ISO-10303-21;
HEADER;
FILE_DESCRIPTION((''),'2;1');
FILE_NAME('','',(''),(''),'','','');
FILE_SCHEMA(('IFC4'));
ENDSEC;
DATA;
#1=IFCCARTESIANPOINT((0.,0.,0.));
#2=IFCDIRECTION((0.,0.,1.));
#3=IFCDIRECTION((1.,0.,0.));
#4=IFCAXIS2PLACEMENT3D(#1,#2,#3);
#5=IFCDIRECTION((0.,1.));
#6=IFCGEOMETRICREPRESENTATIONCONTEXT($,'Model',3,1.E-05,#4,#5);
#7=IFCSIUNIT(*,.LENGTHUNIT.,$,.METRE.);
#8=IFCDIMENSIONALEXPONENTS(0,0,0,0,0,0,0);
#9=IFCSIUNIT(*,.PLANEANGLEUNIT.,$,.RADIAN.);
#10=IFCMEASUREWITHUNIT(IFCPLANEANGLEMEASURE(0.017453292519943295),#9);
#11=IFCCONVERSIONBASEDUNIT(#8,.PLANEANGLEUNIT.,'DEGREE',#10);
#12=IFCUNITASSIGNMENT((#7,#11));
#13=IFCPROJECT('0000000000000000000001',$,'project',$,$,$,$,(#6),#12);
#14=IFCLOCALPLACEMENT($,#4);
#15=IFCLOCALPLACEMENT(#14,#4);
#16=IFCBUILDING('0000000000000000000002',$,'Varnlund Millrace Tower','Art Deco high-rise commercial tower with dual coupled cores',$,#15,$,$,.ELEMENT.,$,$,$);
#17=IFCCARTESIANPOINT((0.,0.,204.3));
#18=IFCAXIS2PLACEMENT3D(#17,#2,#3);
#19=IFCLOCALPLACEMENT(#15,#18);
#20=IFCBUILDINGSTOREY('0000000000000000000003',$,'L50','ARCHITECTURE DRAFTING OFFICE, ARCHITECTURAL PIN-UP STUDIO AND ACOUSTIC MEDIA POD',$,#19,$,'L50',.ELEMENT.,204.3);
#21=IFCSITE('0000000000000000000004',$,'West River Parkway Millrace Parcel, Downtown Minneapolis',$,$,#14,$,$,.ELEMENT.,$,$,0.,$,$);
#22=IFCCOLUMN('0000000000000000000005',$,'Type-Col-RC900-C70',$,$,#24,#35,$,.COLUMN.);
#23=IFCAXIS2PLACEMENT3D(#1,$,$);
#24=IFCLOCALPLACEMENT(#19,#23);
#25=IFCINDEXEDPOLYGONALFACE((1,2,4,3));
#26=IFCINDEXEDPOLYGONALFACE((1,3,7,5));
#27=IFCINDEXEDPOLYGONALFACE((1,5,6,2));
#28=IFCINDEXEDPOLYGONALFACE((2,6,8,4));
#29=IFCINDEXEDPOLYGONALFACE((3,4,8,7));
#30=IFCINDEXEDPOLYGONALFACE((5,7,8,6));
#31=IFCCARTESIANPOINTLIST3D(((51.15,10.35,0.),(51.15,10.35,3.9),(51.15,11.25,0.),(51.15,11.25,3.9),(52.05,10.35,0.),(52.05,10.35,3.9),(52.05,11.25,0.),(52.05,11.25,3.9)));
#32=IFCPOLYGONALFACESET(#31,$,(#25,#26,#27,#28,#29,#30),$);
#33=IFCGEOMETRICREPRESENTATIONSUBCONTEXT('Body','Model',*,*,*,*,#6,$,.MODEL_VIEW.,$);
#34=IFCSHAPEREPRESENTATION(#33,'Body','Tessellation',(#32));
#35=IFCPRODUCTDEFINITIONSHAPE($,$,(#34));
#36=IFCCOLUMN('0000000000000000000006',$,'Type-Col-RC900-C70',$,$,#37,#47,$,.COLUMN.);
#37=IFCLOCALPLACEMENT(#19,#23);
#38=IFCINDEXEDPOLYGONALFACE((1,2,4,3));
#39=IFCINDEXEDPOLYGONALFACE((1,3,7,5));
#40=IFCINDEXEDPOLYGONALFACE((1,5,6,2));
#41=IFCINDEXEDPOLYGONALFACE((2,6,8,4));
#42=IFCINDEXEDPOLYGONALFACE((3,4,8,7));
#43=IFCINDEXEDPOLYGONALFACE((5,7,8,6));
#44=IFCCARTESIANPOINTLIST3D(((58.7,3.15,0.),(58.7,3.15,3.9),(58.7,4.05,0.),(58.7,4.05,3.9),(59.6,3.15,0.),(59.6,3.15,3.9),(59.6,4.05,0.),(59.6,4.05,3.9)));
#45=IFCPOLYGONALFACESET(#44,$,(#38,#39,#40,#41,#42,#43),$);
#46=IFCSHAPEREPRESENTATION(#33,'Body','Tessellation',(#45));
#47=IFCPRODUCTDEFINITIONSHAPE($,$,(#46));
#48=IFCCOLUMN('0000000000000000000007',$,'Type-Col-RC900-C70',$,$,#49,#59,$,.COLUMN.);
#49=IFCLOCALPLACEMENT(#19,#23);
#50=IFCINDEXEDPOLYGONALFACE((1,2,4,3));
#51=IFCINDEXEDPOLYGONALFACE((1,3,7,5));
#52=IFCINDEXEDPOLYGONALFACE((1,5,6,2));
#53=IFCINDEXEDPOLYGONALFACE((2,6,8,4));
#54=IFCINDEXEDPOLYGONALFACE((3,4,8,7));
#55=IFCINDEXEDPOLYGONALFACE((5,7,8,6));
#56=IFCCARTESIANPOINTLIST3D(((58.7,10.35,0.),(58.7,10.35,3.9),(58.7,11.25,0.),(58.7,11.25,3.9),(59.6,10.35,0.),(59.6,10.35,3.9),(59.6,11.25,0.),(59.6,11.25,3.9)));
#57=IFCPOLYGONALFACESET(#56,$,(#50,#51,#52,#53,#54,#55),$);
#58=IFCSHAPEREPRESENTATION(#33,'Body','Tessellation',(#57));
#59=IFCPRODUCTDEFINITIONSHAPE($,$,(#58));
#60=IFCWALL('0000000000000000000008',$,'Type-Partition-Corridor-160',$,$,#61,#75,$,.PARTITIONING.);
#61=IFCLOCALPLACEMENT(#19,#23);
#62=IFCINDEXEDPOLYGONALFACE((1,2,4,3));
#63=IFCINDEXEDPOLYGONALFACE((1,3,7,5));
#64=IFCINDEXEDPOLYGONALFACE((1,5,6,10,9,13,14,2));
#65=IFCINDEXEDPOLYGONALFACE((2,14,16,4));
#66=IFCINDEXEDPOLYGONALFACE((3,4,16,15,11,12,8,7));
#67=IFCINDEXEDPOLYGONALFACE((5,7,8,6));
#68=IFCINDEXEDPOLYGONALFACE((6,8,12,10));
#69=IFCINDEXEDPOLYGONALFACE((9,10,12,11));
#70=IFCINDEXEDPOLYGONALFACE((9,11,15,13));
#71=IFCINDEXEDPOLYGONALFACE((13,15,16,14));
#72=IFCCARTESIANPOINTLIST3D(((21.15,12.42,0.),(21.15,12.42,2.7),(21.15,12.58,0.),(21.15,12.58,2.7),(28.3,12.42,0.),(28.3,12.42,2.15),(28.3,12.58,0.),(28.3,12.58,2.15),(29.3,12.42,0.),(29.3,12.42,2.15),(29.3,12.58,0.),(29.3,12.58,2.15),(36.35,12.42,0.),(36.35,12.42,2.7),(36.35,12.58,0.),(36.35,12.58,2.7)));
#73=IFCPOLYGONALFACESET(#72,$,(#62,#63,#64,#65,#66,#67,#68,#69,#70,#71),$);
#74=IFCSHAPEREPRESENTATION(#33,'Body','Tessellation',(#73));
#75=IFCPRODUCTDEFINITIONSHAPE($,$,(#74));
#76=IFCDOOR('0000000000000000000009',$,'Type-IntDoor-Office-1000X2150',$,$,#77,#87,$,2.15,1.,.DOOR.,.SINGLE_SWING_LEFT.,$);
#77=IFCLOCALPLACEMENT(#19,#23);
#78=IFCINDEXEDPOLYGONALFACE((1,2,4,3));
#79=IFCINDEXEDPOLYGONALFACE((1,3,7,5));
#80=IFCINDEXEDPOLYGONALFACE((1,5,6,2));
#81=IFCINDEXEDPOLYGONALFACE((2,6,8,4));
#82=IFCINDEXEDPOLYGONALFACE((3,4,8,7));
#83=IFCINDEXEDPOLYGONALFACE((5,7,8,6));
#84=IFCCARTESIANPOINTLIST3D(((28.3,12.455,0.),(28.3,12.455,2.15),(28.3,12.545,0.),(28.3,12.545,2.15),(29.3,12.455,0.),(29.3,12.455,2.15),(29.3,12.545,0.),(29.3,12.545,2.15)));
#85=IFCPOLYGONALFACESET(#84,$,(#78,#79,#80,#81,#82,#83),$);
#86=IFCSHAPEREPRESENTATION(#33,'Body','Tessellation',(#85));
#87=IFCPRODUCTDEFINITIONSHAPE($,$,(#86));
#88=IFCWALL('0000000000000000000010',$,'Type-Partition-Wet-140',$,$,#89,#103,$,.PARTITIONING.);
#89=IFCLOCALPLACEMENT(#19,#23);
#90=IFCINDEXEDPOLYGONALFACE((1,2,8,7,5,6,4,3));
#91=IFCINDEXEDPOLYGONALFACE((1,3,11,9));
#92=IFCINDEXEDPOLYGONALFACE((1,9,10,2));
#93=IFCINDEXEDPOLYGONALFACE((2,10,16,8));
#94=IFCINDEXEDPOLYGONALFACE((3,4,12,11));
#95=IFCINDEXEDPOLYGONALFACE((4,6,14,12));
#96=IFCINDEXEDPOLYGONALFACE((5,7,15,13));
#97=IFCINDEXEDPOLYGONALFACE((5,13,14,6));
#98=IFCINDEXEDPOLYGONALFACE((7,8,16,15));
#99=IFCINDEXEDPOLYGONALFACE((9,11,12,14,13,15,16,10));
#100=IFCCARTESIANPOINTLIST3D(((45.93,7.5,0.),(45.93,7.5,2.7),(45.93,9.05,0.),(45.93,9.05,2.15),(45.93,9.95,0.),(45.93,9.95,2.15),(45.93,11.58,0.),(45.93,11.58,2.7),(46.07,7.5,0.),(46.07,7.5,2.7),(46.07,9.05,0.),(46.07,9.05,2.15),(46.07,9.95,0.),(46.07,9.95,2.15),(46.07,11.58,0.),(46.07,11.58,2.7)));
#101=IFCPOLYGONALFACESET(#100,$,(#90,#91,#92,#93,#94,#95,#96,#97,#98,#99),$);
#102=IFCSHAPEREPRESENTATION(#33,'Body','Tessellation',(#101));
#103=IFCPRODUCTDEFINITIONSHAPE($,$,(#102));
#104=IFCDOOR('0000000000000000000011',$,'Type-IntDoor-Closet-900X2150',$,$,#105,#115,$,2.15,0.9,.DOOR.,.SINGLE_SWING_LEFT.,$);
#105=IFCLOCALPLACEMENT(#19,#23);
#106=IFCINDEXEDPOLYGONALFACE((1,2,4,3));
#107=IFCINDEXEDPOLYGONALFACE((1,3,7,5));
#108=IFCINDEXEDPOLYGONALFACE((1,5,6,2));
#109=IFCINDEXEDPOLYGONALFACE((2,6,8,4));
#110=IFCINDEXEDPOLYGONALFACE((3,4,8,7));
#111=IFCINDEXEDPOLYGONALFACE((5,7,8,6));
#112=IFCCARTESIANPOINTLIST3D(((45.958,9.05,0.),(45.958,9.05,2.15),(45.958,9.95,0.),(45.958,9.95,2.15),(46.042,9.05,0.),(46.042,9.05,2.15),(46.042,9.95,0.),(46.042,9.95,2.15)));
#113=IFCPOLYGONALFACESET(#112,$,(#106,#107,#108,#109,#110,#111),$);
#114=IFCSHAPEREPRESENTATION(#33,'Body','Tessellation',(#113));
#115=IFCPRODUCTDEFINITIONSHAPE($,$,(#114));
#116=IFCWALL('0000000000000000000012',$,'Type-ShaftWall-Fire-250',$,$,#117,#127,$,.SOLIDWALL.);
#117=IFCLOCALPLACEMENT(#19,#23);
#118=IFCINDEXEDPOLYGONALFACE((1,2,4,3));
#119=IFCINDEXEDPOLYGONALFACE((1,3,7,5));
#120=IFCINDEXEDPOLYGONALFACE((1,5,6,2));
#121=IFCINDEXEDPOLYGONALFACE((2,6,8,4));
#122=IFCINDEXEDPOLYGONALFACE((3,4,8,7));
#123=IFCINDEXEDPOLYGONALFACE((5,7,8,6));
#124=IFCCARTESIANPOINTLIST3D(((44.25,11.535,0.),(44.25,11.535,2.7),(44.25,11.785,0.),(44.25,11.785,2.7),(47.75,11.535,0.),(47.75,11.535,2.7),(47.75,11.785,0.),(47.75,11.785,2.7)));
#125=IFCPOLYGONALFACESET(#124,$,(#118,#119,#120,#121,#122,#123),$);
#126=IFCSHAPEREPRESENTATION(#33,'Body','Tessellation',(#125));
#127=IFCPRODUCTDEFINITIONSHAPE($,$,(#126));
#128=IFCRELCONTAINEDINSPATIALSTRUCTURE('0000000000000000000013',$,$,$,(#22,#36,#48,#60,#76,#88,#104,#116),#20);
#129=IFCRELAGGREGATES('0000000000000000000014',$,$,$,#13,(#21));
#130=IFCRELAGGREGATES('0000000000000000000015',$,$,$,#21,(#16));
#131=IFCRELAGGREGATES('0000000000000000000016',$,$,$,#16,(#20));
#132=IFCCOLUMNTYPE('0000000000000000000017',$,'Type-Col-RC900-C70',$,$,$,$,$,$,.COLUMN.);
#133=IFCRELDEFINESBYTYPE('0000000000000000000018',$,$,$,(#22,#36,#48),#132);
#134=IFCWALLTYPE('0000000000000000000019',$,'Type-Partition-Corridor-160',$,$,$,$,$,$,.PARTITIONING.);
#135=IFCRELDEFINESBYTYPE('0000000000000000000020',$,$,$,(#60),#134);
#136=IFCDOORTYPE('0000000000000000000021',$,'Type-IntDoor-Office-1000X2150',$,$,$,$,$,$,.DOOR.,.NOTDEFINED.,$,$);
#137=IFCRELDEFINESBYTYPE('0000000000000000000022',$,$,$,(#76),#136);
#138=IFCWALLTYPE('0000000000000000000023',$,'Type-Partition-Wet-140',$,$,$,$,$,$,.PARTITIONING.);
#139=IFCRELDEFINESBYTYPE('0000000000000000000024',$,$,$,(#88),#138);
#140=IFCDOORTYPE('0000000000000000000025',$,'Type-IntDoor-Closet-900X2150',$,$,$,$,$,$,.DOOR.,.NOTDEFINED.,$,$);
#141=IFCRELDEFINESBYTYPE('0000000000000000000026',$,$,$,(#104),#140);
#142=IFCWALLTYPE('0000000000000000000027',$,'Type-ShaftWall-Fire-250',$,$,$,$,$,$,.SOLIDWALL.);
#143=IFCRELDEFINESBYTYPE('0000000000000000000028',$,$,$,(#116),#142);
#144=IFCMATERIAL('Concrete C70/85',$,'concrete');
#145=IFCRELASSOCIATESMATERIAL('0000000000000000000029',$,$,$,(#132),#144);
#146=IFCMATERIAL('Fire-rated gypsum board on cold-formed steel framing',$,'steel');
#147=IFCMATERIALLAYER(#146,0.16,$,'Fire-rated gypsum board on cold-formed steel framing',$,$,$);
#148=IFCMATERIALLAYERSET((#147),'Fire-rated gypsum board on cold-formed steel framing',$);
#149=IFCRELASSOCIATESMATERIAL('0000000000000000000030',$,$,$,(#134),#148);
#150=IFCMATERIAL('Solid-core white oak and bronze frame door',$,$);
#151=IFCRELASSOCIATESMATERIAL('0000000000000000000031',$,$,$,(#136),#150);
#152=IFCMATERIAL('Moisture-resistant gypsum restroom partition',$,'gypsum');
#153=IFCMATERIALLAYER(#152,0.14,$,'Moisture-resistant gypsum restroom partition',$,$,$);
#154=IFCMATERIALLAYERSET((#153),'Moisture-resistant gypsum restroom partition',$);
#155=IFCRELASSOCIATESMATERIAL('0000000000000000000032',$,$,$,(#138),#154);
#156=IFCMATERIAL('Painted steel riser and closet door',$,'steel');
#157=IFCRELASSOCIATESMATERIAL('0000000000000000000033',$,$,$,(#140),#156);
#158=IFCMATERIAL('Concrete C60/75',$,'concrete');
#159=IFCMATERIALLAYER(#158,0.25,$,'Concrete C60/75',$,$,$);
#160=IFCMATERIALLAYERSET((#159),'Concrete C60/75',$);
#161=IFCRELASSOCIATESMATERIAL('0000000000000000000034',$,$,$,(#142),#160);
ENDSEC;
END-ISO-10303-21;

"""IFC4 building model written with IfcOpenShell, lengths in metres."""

from ifc_helpers import new_model, entity, si_unit, converted_unit, direction, frame, origin_with_axes, origin_2d_with_axis, place, context, subcontext, project, spatial, polyline, rectangle, outline, extrude, material, layer, layer_set, material_profile, profile_set, type_object, element, fill, save


model = new_model("IFC4")

# Units and contexts
model_context = context("Model", 3, precision=1e-05, world=origin_with_axes(), true_north=direction((0.0, 1.0)))
body_context = subcontext(model_context, "Body", "Model", "MODEL_VIEW")
ifc_project = project(units=[si_unit("LENGTHUNIT", "METRE"), converted_unit("PLANEANGLEUNIT", "DEGREE", entity("IfcPlaneAngleMeasure", 0.017453292519943295), si_unit("PLANEANGLEUNIT", "RADIAN"), dimensions=[0, 0, 0, 0, 0, 0, 0])], contexts=[model_context])

# Site, building, storey
site_placement = place(None, origin_with_axes())
site = spatial("IfcSite", under=ifc_project, at=site_placement, Name="West River Parkway Millrace Parcel, Downtown Minneapolis", CompositionType="ELEMENT", RefElevation=0.0)
building_placement = place(site_placement, origin_with_axes())
building = spatial("IfcBuilding", under=site, at=building_placement, Name="Varnlund Millrace Tower", Description="Art Deco high-rise commercial tower with dual coupled cores", CompositionType="ELEMENT")
storey_placement = place(building_placement, frame((0.0, 0.0, 204.3), z_axis=(0.0, 0.0, 1.0), x_axis=(1.0, 0.0, 0.0)))
storey = spatial("IfcBuildingStorey", under=building, at=storey_placement, Name="L50", Description="ARCHITECTURE DRAFTING OFFICE, ARCHITECTURAL PIN-UP STUDIO AND ACOUSTIC MEDIA POD", LongName="L50", CompositionType="ELEMENT", Elevation=204.3)

# Columns
ifc_material_1 = material(Name="Concrete C70/85", Category="concrete")
ifc_material_profile_1 = material_profile(ifc_material_1, rectangle(XDim=0.9, YDim=0.9, at=origin_2d_with_axis()), Name="Concrete C70/85")
ifc_profile_set_1 = profile_set([ifc_material_profile_1], Name="Concrete C70/85")
column_type_1 = type_object("IfcColumnType", Name="Type-Col-RC900-C70", PredefinedType="COLUMN", material=ifc_profile_set_1)
for number, where, z_axis, x_axis, name in (
    (1, (51.6, 10.8, 0.0), (0.0, 0.0, 1.0), (1.0, 0.0, 0.0), "Type-Col-RC900-C70"),
    (2, (59.15, 3.6, 0.0), (0.0, 0.0, 1.0), (1.0, 0.0, 0.0), "Type-Col-RC900-C70"),
    (3, (59.15, 10.8, 0.0), (0.0, 0.0, 1.0), (1.0, 0.0, 0.0), "Type-Col-RC900-C70"),
):
    element("IfcColumn", number, at=place(storey_placement, frame(where, z_axis=z_axis, x_axis=x_axis)), inside=storey, type_object=column_type_1, Name=name, PredefinedType="COLUMN", context=body_context, shape_type="SweptSolid", body=[
        extrude(rectangle(XDim=0.9, YDim=0.9, at=origin_2d_with_axis()), origin_with_axes(), (0.0, 0.0, 1.0), 3.9),
    ])

# Shared definitions
ifc_material_2 = material(Name="Fire-rated gypsum board on cold-formed steel framing", Category="steel")
ifc_layer_1 = layer(ifc_material_2, 0.16, Name="Fire-rated gypsum board on cold-formed steel framing")
ifc_layer_set_1 = layer_set([ifc_layer_1], Name="Fire-rated gypsum board on cold-formed steel framing")
wall_type_1 = type_object("IfcWallType", Name="Type-Partition-Corridor-160", PredefinedType="PARTITIONING", material=ifc_layer_set_1)
ifc_material_3 = material(Name="Solid-core white oak and bronze frame door")
door_type_1 = type_object("IfcDoorType", Name="Type-IntDoor-Office-1000X2150", OperationType="NOTDEFINED", PredefinedType="DOOR", material=ifc_material_3)

# Wall, opening, door
wall_1_placement = place(storey_placement, frame((21.15, 12.5, 0.0), z_axis=(0.0, 0.0, 1.0), x_axis=(1.0, 0.0, 0.0)))
wall_1 = element("IfcWall", 4, at=wall_1_placement, inside=storey, type_object=wall_type_1, Name="Type-Partition-Corridor-160", PredefinedType="PARTITIONING", context=body_context, shape_type="SweptSolid", body=[
    extrude(outline(polyline([(0.0, -0.08), (15.2, -0.08), (15.2, 0.08), (0.0, 0.08), (0.0, -0.08)])), origin_with_axes(), (0.0, 0.0, 1.0), 2.7),
])
opening_1_placement = place(wall_1_placement, frame((7.65, 0.0, 0.0), z_axis=(0.0, 0.0, 1.0), x_axis=(1.0, 0.0, 0.0)))
opening_1 = element("IfcOpeningElement", 5, at=opening_1_placement, cuts=wall_1, PredefinedType="OPENING", context=body_context, shape_type="SweptSolid", body=[
    extrude(rectangle(XDim=1.0, YDim=0.18, at=origin_2d_with_axis()), origin_with_axes(), (0.0, 0.0, 1.0), 2.15),
])
door_1_placement = place(wall_1_placement, frame((7.65, 0.0, 0.0), z_axis=(0.0, 0.0, 1.0), x_axis=(1.0, 0.0, 0.0)))
door_1 = element("IfcDoor", 6, at=door_1_placement, inside=storey, type_object=door_type_1, Name="Type-IntDoor-Office-1000X2150", OperationType="SINGLE_SWING_LEFT", OverallHeight=2.15, OverallWidth=1.0, PredefinedType="DOOR", context=body_context, shape_type="SweptSolid", body=[
    extrude(rectangle(XDim=1.0, YDim=0.09, at=origin_2d_with_axis()), origin_with_axes(), (0.0, 0.0, 1.0), 2.15),
])
fill(opening_1, door_1)

# Wall, opening, door
ifc_material_4 = material(Name="Moisture-resistant gypsum restroom partition", Category="gypsum")
ifc_layer_2 = layer(ifc_material_4, 0.14, Name="Moisture-resistant gypsum restroom partition")
ifc_layer_set_2 = layer_set([ifc_layer_2], Name="Moisture-resistant gypsum restroom partition")
wall_type_2 = type_object("IfcWallType", Name="Type-Partition-Wet-140", PredefinedType="PARTITIONING", material=ifc_layer_set_2)
wall_2_placement = place(storey_placement, frame((46.0, 7.5, 0.0), z_axis=(0.0, 0.0, 1.0), x_axis=(0.0, 1.0, 0.0)))
wall_2 = element("IfcWall", 7, at=wall_2_placement, inside=storey, type_object=wall_type_2, Name="Type-Partition-Wet-140", PredefinedType="PARTITIONING", context=body_context, shape_type="SweptSolid", body=[
    extrude(outline(polyline([(0.0, -0.07), (4.08, -0.07), (4.08, 0.07), (0.0, 0.07), (0.0, -0.07)])), origin_with_axes(), (0.0, 0.0, 1.0), 2.7),
])
opening_2_placement = place(wall_2_placement, frame((2.0, 0.0, 0.0), z_axis=(0.0, 0.0, 1.0), x_axis=(1.0, 0.0, 0.0)))
opening_2 = element("IfcOpeningElement", 8, at=opening_2_placement, cuts=wall_2, PredefinedType="OPENING", context=body_context, shape_type="SweptSolid", body=[
    extrude(rectangle(XDim=0.9, YDim=0.16, at=origin_2d_with_axis()), origin_with_axes(), (0.0, 0.0, 1.0), 2.15),
])
ifc_material_5 = material(Name="Painted steel riser and closet door", Category="steel")
door_type_2 = type_object("IfcDoorType", Name="Type-IntDoor-Closet-900X2150", OperationType="NOTDEFINED", PredefinedType="DOOR", material=ifc_material_5)
door_2_placement = place(wall_2_placement, frame((2.0, 0.0, 0.0), z_axis=(0.0, 0.0, 1.0), x_axis=(1.0, 0.0, 0.0)))
door_2 = element("IfcDoor", 9, at=door_2_placement, inside=storey, type_object=door_type_2, Name="Type-IntDoor-Closet-900X2150", OperationType="SINGLE_SWING_LEFT", OverallHeight=2.15, OverallWidth=0.9, PredefinedType="DOOR", context=body_context, shape_type="SweptSolid", body=[
    extrude(rectangle(XDim=0.9, YDim=0.084, at=origin_2d_with_axis()), origin_with_axes(), (0.0, 0.0, 1.0), 2.15),
])
fill(opening_2, door_2)

# Wall
ifc_material_6 = material(Name="Concrete C60/75", Category="concrete")
ifc_layer_3 = layer(ifc_material_6, 0.25, Name="Concrete C60/75")
ifc_layer_set_3 = layer_set([ifc_layer_3], Name="Concrete C60/75")
wall_type_3 = type_object("IfcWallType", Name="Type-ShaftWall-Fire-250", PredefinedType="SOLIDWALL", material=ifc_layer_set_3)
wall_3_placement = place(storey_placement, frame((44.25, 11.66, 0.0), z_axis=(0.0, 0.0, 1.0), x_axis=(1.0, 0.0, 0.0)))
element("IfcWall", 10, at=wall_3_placement, inside=storey, type_object=wall_type_3, Name="Type-ShaftWall-Fire-250", PredefinedType="SOLIDWALL", context=body_context, shape_type="SweptSolid", body=[
    extrude(outline(polyline([(0.0, -0.125), (3.5, -0.125), (3.5, 0.125), (0.0, 0.125), (0.0, -0.125)])), origin_with_axes(), (0.0, 0.0, 1.0), 2.7),
])

save(model, "model.ifc")
